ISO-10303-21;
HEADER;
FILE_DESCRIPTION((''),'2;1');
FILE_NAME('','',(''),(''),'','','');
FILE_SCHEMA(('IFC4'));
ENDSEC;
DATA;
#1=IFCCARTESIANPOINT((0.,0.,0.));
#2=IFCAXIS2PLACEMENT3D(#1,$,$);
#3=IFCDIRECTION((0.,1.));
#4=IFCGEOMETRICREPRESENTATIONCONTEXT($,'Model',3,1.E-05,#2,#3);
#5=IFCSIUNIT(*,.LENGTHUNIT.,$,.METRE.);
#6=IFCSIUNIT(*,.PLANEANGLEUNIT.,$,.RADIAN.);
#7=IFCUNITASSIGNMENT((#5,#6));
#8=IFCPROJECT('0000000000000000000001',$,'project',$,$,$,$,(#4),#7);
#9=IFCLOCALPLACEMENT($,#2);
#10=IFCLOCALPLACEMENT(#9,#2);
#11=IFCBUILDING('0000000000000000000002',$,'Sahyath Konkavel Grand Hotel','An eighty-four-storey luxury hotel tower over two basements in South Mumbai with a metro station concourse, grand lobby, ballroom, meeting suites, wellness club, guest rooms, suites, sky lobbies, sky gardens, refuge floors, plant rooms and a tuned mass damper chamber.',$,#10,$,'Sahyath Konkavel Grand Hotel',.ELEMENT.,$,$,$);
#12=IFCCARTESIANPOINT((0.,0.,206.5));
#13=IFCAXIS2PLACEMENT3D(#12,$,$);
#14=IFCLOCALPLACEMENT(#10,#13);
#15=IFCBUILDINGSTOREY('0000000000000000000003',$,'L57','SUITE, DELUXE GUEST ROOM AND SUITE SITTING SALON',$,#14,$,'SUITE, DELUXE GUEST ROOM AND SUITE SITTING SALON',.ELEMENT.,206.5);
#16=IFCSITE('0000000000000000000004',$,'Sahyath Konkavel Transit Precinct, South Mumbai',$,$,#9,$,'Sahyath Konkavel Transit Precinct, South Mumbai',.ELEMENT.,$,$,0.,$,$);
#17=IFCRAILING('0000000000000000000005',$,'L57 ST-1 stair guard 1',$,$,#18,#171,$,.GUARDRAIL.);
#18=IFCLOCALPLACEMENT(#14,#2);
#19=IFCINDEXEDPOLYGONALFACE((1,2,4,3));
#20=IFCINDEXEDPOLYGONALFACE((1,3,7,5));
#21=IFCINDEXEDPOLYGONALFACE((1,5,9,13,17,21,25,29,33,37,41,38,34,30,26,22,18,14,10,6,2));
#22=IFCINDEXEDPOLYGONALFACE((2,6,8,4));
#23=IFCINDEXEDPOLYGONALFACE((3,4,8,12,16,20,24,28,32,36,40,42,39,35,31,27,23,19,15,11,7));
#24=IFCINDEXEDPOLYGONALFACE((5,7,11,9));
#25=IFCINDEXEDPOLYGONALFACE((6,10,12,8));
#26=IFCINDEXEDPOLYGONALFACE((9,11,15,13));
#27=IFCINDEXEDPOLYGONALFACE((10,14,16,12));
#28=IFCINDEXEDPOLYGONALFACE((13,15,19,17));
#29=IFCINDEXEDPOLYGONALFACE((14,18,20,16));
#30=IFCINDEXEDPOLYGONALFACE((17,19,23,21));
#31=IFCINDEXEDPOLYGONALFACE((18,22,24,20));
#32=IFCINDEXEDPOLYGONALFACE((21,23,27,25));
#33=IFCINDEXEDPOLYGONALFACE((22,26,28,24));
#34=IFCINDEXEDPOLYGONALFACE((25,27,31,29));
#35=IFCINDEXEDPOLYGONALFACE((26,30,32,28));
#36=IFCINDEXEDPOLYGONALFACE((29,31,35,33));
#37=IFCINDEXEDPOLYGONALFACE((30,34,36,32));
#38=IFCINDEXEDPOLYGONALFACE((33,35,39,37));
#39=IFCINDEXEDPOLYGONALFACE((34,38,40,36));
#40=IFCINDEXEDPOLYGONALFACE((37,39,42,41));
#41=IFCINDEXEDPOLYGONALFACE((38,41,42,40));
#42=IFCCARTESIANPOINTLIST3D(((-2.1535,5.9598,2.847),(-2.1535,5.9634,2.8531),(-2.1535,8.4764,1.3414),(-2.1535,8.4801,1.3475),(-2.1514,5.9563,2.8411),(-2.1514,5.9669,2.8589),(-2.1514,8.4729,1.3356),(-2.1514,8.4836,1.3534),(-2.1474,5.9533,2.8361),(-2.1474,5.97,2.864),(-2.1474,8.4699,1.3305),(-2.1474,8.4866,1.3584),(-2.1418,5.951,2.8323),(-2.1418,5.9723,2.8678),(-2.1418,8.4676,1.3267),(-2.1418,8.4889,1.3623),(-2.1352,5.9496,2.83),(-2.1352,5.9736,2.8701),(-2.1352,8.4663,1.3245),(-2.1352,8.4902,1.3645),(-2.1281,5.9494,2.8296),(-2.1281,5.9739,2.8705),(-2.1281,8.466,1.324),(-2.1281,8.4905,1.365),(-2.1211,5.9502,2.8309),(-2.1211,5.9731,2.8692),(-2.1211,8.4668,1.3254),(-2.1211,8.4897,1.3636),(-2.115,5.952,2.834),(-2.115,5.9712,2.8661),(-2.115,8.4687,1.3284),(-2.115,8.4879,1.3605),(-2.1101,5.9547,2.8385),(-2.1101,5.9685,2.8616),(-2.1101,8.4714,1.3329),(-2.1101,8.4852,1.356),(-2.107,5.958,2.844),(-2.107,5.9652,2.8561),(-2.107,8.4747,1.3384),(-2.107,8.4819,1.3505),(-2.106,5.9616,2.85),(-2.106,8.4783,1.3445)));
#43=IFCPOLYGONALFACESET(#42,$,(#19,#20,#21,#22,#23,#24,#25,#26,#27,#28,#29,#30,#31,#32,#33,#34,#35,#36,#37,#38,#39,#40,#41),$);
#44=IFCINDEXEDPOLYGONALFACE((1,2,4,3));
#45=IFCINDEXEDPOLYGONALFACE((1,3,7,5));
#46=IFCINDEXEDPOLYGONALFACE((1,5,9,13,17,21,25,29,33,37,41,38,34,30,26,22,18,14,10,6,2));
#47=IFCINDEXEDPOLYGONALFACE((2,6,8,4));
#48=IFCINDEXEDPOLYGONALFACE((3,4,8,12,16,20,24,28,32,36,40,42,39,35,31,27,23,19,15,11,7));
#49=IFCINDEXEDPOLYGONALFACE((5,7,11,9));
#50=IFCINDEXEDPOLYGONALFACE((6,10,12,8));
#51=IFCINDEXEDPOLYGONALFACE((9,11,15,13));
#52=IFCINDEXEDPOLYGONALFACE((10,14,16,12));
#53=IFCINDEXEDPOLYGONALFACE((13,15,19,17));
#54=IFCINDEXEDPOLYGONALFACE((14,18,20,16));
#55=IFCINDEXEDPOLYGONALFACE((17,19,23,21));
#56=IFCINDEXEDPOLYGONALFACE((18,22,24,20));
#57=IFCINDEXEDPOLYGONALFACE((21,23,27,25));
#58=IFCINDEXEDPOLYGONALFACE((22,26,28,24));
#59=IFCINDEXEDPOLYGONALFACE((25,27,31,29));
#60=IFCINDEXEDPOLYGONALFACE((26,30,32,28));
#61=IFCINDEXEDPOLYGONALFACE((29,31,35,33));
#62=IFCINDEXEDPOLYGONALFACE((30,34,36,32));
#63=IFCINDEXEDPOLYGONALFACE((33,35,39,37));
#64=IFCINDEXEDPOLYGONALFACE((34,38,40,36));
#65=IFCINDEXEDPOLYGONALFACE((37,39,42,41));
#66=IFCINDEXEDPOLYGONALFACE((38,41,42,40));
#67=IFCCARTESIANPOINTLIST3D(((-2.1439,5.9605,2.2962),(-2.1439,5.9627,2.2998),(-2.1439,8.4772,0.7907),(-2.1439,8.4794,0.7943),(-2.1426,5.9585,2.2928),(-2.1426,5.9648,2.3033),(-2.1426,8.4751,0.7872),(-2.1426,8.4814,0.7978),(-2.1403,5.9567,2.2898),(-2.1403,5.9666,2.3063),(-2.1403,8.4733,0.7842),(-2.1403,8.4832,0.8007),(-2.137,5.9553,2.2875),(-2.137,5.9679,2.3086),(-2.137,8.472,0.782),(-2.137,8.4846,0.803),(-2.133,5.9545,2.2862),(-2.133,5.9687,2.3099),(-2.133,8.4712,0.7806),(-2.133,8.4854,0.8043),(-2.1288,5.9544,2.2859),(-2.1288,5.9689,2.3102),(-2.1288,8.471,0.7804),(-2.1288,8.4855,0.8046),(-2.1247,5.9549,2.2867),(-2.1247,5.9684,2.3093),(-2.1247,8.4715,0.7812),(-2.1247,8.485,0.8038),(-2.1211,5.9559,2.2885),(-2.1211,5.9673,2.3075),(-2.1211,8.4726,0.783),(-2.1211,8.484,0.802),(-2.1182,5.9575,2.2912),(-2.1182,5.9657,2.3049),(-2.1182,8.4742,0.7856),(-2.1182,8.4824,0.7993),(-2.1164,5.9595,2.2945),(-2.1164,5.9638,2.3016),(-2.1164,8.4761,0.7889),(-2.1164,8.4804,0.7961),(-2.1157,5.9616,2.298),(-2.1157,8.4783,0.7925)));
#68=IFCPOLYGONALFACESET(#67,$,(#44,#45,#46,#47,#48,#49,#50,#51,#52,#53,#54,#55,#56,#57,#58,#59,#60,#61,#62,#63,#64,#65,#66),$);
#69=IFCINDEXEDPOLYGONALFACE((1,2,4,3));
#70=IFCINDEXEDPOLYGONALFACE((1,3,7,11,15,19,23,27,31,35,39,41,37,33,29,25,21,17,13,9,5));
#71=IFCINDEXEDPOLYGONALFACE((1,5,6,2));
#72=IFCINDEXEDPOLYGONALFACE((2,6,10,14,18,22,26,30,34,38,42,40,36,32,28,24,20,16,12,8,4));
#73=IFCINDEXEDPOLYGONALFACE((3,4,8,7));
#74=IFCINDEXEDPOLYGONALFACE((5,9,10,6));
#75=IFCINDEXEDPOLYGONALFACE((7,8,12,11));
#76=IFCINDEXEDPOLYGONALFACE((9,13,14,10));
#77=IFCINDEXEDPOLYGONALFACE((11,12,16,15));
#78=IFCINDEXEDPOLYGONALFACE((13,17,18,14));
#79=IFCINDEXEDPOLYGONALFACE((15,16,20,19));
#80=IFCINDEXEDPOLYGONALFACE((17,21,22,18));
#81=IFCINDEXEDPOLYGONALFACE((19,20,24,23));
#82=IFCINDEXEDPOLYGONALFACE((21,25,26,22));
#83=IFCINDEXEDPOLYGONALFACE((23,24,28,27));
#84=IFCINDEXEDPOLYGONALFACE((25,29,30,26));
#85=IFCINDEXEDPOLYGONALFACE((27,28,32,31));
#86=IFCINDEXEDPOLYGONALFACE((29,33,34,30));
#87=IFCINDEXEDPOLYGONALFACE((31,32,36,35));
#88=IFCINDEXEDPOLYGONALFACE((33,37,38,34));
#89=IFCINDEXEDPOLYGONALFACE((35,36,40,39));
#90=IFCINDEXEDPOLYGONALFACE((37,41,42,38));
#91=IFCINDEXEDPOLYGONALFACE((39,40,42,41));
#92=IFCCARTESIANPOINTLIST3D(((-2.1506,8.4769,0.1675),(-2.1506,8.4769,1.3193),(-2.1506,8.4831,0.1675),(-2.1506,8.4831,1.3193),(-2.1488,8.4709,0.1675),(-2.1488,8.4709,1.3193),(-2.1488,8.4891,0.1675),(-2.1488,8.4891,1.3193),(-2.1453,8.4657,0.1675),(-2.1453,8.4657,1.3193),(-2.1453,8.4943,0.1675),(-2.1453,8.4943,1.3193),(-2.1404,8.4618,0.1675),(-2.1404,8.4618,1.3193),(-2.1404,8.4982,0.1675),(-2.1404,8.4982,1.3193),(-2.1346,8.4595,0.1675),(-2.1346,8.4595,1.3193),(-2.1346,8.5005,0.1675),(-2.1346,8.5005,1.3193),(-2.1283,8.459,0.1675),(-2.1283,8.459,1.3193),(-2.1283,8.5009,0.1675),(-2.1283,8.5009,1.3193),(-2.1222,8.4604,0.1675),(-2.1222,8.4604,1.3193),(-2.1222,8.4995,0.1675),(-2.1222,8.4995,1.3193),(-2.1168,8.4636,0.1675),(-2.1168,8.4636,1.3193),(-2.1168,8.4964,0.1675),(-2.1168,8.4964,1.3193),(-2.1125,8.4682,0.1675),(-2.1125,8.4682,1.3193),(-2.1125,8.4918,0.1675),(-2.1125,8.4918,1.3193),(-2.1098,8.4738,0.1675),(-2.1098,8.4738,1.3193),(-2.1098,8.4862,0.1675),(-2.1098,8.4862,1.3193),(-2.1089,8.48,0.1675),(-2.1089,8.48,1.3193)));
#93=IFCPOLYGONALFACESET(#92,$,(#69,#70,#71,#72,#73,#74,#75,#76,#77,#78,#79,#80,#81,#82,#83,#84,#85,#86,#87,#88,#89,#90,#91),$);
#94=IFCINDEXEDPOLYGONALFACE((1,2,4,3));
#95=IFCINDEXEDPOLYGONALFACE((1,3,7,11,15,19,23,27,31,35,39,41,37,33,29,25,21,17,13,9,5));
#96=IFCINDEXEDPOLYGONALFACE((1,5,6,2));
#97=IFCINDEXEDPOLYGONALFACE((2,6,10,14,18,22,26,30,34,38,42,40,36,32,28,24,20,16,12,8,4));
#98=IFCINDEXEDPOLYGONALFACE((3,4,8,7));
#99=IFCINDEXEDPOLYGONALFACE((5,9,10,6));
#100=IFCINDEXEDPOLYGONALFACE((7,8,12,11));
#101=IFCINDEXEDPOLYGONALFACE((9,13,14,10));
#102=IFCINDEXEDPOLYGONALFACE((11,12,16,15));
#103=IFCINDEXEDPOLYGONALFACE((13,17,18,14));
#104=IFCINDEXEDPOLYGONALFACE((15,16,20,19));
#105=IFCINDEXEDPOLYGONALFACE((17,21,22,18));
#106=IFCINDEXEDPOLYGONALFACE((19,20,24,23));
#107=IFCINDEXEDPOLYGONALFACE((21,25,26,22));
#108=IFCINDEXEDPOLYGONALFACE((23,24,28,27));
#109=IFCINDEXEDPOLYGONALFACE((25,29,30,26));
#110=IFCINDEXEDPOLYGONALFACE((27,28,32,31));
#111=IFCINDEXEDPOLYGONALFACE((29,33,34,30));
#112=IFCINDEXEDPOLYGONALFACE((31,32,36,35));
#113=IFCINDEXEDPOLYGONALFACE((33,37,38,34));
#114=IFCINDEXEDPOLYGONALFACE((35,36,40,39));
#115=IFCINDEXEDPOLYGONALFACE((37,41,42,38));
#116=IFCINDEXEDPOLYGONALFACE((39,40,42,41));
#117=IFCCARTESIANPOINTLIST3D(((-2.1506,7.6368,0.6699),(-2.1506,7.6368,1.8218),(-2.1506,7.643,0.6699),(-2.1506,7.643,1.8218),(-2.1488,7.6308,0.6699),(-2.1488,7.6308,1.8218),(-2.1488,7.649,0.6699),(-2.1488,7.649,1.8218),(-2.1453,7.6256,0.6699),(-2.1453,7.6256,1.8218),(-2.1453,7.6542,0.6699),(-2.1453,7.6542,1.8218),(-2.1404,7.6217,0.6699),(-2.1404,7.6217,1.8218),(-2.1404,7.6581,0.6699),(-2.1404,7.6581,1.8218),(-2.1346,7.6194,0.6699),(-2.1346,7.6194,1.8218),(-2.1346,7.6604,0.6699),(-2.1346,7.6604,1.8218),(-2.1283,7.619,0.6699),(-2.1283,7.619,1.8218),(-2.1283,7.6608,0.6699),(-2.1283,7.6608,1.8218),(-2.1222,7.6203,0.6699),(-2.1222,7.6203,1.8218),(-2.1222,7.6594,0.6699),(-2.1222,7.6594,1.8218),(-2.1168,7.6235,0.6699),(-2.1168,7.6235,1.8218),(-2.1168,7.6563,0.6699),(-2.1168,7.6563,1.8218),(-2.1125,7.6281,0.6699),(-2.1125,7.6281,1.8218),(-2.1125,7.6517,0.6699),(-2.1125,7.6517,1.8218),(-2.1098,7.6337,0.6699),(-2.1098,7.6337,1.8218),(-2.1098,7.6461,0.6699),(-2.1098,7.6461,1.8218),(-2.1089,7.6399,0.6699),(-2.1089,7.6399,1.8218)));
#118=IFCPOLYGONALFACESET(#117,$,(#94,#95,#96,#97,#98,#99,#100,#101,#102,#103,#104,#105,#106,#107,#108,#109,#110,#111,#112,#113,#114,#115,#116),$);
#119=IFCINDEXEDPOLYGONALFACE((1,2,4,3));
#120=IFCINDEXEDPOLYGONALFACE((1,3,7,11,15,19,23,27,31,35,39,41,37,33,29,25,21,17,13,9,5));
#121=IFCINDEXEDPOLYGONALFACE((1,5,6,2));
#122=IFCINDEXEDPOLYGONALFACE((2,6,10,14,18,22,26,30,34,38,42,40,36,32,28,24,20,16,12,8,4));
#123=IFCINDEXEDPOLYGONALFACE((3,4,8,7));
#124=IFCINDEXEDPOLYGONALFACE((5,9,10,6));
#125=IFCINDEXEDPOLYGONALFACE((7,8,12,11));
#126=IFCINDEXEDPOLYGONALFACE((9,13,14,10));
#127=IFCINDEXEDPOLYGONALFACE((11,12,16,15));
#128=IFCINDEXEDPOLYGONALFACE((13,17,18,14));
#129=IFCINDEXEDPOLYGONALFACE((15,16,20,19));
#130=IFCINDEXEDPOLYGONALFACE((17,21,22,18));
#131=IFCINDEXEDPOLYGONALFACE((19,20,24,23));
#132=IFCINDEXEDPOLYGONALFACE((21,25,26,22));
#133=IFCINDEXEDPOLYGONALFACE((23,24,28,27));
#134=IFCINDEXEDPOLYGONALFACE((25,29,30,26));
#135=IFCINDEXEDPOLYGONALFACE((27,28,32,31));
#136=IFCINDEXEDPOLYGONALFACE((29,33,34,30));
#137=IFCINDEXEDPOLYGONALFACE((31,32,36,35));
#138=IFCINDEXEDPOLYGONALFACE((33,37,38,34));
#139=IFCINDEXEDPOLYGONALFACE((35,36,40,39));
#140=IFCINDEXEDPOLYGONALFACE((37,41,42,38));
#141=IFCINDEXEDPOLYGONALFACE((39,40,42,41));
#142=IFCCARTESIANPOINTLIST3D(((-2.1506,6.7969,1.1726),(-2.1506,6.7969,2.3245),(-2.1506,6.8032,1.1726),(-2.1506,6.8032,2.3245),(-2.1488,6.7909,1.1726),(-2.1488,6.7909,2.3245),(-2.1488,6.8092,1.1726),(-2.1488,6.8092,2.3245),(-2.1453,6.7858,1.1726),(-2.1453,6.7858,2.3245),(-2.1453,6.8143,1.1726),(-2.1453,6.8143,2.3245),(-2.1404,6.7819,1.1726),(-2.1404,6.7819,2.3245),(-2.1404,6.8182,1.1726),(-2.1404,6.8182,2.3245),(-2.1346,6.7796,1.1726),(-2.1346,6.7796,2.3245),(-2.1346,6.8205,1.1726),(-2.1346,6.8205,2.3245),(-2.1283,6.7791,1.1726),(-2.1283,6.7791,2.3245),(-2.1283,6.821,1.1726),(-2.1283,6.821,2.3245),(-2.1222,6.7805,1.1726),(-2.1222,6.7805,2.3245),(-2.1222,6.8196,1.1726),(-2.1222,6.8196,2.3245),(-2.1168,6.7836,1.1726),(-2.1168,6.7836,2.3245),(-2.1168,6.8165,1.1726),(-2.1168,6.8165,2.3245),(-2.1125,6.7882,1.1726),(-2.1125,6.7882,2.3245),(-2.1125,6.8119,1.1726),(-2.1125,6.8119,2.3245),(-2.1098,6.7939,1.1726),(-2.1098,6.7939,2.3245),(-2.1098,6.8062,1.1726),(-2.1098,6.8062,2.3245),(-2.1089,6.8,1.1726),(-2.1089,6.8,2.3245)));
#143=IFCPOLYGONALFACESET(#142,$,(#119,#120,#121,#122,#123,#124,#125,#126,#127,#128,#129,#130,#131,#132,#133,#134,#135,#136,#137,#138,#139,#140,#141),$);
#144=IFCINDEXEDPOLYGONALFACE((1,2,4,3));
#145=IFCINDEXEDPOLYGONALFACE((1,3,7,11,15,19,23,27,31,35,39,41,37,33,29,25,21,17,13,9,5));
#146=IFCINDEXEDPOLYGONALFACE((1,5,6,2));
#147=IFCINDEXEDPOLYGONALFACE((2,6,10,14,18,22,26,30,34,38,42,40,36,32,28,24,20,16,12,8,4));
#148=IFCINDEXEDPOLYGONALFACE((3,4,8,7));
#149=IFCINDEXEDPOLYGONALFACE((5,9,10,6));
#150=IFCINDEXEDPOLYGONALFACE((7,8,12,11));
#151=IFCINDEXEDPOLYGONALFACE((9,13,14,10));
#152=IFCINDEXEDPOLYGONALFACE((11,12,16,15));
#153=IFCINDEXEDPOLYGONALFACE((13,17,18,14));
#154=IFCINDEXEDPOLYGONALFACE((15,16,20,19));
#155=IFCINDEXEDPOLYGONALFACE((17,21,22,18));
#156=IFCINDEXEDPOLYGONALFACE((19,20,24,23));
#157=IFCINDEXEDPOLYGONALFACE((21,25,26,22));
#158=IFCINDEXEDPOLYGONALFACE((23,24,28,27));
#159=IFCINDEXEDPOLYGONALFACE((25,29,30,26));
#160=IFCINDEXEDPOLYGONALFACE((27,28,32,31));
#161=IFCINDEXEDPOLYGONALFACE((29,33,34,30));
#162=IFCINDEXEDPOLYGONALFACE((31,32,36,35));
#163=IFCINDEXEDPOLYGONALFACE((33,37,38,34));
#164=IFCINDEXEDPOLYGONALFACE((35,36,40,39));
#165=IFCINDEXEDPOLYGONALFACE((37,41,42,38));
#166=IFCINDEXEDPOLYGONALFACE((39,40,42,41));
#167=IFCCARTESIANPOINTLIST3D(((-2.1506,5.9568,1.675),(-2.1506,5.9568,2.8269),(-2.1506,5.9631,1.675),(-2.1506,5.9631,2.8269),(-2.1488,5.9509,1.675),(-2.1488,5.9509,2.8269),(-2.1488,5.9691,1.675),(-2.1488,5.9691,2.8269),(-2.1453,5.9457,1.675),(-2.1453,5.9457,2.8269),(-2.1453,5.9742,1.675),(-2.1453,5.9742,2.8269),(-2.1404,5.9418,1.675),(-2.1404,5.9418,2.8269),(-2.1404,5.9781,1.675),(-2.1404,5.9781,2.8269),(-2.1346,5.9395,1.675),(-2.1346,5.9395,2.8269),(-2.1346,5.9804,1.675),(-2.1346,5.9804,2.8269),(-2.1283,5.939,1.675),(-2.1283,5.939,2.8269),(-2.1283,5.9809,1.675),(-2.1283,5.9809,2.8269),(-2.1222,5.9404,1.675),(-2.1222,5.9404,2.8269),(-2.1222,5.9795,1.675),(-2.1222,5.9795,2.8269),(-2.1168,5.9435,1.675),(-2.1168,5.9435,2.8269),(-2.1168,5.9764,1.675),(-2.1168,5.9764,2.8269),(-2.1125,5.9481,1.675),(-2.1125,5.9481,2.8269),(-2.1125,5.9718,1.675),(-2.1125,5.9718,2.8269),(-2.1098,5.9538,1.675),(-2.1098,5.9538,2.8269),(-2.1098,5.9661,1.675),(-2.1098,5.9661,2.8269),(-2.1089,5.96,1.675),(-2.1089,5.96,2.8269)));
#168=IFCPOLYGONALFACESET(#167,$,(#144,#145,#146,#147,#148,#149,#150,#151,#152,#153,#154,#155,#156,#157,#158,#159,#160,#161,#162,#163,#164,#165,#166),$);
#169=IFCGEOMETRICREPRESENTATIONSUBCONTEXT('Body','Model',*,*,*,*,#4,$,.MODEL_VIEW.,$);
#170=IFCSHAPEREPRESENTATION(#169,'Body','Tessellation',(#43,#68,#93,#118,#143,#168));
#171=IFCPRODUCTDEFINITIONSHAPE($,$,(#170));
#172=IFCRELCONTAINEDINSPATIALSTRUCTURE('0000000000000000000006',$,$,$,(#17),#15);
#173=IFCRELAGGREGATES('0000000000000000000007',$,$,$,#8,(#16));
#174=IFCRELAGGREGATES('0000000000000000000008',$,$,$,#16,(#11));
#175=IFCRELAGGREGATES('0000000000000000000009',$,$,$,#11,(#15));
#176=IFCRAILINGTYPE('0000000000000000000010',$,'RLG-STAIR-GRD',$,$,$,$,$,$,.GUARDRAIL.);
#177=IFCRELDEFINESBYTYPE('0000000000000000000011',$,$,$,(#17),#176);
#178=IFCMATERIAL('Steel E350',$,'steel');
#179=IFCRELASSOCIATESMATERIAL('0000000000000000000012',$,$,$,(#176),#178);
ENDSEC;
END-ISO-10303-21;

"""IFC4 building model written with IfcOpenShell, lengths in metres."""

from ifc_helpers import new_model, si_unit, direction, frame, origin, origin_2d, place, context, subcontext, project, spatial, circle, extrude, material, type_object, element, save


model = new_model("IFC4")

# Units and contexts
model_context = context("Model", 3, precision=1e-05, world=origin(), true_north=direction((0.0, 1.0)))
body_context = subcontext(model_context, "Body", "Model", "MODEL_VIEW")
ifc_project = project(units=[si_unit("LENGTHUNIT", "METRE"), si_unit("PLANEANGLEUNIT", "RADIAN")], contexts=[model_context])

# Site, building, storey
site_placement = place(None, origin())
site = spatial("IfcSite", under=ifc_project, at=site_placement, Name="Sahyath Konkavel Transit Precinct, South Mumbai", LongName="Sahyath Konkavel Transit Precinct, South Mumbai", CompositionType="ELEMENT", RefElevation=0.0)
building_placement = place(site_placement, origin())
building = spatial("IfcBuilding", under=site, at=building_placement, Name="Sahyath Konkavel Grand Hotel", Description="An eighty-four-storey luxury hotel tower over two basements in South Mumbai with a metro station concourse, grand lobby, ballroom, meeting suites, wellness club, guest rooms, suites, sky lobbies, sky gardens, refuge floors, plant rooms and a tuned mass damper chamber.", LongName="Sahyath Konkavel Grand Hotel", CompositionType="ELEMENT")
storey_placement = place(building_placement, frame((0.0, 0.0, 206.5)))
storey = spatial("IfcBuildingStorey", under=building, at=storey_placement, Name="L57", Description="SUITE, DELUXE GUEST ROOM AND SUITE SITTING SALON", LongName="SUITE, DELUXE GUEST ROOM AND SUITE SITTING SALON", CompositionType="ELEMENT", Elevation=206.5)

# Shared definitions
ifc_material_1 = material(Name="Steel E350", Category="steel")

# Railing
railing_type_1 = type_object("IfcRailingType", Name="RLG-STAIR-GRD", PredefinedType="GUARDRAIL", material=ifc_material_1)
railing_1_placement = place(storey_placement, frame((-2.1299, 8.48, 0.1675)))
element("IfcRailing", 1, at=railing_1_placement, inside=storey, type_object=railing_type_1, Name="L57 ST-1 stair guard 1", PredefinedType="GUARDRAIL", context=body_context, shape_type="SweptSolid", body=[
    extrude(circle(Radius=0.0239, at=origin_2d()), frame((0.0, -0.0017, 1.177), z_axis=(0.0, -0.85816, 0.513383), x_axis=(1.0, 0.0, 0.0)), (0.0, 0.0, 1.0), 2.9326),
    extrude(circle(Radius=0.0142, at=origin_2d()), frame((0.0, -0.0017, 0.625), z_axis=(0.0, -0.85816, 0.513383), x_axis=(1.0, 0.0, 0.0)), (0.0, 0.0, 1.0), 2.9326),
    extrude(circle(Radius=0.021, at=origin_2d()), origin(), (0.0, 0.0, 1.0), 1.1519),
    extrude(circle(Radius=0.021, at=origin_2d()), frame((0.0, -0.8401, 0.5024)), (0.0, 0.0, 1.0), 1.1519),
    extrude(circle(Radius=0.021, at=origin_2d()), frame((0.0, -1.6799, 1.0051)), (0.0, 0.0, 1.0), 1.1519),
    extrude(circle(Radius=0.021, at=origin_2d()), frame((0.0, -2.52, 1.5076)), (0.0, 0.0, 1.0), 1.1519),
])

save(model, "model.ifc")
